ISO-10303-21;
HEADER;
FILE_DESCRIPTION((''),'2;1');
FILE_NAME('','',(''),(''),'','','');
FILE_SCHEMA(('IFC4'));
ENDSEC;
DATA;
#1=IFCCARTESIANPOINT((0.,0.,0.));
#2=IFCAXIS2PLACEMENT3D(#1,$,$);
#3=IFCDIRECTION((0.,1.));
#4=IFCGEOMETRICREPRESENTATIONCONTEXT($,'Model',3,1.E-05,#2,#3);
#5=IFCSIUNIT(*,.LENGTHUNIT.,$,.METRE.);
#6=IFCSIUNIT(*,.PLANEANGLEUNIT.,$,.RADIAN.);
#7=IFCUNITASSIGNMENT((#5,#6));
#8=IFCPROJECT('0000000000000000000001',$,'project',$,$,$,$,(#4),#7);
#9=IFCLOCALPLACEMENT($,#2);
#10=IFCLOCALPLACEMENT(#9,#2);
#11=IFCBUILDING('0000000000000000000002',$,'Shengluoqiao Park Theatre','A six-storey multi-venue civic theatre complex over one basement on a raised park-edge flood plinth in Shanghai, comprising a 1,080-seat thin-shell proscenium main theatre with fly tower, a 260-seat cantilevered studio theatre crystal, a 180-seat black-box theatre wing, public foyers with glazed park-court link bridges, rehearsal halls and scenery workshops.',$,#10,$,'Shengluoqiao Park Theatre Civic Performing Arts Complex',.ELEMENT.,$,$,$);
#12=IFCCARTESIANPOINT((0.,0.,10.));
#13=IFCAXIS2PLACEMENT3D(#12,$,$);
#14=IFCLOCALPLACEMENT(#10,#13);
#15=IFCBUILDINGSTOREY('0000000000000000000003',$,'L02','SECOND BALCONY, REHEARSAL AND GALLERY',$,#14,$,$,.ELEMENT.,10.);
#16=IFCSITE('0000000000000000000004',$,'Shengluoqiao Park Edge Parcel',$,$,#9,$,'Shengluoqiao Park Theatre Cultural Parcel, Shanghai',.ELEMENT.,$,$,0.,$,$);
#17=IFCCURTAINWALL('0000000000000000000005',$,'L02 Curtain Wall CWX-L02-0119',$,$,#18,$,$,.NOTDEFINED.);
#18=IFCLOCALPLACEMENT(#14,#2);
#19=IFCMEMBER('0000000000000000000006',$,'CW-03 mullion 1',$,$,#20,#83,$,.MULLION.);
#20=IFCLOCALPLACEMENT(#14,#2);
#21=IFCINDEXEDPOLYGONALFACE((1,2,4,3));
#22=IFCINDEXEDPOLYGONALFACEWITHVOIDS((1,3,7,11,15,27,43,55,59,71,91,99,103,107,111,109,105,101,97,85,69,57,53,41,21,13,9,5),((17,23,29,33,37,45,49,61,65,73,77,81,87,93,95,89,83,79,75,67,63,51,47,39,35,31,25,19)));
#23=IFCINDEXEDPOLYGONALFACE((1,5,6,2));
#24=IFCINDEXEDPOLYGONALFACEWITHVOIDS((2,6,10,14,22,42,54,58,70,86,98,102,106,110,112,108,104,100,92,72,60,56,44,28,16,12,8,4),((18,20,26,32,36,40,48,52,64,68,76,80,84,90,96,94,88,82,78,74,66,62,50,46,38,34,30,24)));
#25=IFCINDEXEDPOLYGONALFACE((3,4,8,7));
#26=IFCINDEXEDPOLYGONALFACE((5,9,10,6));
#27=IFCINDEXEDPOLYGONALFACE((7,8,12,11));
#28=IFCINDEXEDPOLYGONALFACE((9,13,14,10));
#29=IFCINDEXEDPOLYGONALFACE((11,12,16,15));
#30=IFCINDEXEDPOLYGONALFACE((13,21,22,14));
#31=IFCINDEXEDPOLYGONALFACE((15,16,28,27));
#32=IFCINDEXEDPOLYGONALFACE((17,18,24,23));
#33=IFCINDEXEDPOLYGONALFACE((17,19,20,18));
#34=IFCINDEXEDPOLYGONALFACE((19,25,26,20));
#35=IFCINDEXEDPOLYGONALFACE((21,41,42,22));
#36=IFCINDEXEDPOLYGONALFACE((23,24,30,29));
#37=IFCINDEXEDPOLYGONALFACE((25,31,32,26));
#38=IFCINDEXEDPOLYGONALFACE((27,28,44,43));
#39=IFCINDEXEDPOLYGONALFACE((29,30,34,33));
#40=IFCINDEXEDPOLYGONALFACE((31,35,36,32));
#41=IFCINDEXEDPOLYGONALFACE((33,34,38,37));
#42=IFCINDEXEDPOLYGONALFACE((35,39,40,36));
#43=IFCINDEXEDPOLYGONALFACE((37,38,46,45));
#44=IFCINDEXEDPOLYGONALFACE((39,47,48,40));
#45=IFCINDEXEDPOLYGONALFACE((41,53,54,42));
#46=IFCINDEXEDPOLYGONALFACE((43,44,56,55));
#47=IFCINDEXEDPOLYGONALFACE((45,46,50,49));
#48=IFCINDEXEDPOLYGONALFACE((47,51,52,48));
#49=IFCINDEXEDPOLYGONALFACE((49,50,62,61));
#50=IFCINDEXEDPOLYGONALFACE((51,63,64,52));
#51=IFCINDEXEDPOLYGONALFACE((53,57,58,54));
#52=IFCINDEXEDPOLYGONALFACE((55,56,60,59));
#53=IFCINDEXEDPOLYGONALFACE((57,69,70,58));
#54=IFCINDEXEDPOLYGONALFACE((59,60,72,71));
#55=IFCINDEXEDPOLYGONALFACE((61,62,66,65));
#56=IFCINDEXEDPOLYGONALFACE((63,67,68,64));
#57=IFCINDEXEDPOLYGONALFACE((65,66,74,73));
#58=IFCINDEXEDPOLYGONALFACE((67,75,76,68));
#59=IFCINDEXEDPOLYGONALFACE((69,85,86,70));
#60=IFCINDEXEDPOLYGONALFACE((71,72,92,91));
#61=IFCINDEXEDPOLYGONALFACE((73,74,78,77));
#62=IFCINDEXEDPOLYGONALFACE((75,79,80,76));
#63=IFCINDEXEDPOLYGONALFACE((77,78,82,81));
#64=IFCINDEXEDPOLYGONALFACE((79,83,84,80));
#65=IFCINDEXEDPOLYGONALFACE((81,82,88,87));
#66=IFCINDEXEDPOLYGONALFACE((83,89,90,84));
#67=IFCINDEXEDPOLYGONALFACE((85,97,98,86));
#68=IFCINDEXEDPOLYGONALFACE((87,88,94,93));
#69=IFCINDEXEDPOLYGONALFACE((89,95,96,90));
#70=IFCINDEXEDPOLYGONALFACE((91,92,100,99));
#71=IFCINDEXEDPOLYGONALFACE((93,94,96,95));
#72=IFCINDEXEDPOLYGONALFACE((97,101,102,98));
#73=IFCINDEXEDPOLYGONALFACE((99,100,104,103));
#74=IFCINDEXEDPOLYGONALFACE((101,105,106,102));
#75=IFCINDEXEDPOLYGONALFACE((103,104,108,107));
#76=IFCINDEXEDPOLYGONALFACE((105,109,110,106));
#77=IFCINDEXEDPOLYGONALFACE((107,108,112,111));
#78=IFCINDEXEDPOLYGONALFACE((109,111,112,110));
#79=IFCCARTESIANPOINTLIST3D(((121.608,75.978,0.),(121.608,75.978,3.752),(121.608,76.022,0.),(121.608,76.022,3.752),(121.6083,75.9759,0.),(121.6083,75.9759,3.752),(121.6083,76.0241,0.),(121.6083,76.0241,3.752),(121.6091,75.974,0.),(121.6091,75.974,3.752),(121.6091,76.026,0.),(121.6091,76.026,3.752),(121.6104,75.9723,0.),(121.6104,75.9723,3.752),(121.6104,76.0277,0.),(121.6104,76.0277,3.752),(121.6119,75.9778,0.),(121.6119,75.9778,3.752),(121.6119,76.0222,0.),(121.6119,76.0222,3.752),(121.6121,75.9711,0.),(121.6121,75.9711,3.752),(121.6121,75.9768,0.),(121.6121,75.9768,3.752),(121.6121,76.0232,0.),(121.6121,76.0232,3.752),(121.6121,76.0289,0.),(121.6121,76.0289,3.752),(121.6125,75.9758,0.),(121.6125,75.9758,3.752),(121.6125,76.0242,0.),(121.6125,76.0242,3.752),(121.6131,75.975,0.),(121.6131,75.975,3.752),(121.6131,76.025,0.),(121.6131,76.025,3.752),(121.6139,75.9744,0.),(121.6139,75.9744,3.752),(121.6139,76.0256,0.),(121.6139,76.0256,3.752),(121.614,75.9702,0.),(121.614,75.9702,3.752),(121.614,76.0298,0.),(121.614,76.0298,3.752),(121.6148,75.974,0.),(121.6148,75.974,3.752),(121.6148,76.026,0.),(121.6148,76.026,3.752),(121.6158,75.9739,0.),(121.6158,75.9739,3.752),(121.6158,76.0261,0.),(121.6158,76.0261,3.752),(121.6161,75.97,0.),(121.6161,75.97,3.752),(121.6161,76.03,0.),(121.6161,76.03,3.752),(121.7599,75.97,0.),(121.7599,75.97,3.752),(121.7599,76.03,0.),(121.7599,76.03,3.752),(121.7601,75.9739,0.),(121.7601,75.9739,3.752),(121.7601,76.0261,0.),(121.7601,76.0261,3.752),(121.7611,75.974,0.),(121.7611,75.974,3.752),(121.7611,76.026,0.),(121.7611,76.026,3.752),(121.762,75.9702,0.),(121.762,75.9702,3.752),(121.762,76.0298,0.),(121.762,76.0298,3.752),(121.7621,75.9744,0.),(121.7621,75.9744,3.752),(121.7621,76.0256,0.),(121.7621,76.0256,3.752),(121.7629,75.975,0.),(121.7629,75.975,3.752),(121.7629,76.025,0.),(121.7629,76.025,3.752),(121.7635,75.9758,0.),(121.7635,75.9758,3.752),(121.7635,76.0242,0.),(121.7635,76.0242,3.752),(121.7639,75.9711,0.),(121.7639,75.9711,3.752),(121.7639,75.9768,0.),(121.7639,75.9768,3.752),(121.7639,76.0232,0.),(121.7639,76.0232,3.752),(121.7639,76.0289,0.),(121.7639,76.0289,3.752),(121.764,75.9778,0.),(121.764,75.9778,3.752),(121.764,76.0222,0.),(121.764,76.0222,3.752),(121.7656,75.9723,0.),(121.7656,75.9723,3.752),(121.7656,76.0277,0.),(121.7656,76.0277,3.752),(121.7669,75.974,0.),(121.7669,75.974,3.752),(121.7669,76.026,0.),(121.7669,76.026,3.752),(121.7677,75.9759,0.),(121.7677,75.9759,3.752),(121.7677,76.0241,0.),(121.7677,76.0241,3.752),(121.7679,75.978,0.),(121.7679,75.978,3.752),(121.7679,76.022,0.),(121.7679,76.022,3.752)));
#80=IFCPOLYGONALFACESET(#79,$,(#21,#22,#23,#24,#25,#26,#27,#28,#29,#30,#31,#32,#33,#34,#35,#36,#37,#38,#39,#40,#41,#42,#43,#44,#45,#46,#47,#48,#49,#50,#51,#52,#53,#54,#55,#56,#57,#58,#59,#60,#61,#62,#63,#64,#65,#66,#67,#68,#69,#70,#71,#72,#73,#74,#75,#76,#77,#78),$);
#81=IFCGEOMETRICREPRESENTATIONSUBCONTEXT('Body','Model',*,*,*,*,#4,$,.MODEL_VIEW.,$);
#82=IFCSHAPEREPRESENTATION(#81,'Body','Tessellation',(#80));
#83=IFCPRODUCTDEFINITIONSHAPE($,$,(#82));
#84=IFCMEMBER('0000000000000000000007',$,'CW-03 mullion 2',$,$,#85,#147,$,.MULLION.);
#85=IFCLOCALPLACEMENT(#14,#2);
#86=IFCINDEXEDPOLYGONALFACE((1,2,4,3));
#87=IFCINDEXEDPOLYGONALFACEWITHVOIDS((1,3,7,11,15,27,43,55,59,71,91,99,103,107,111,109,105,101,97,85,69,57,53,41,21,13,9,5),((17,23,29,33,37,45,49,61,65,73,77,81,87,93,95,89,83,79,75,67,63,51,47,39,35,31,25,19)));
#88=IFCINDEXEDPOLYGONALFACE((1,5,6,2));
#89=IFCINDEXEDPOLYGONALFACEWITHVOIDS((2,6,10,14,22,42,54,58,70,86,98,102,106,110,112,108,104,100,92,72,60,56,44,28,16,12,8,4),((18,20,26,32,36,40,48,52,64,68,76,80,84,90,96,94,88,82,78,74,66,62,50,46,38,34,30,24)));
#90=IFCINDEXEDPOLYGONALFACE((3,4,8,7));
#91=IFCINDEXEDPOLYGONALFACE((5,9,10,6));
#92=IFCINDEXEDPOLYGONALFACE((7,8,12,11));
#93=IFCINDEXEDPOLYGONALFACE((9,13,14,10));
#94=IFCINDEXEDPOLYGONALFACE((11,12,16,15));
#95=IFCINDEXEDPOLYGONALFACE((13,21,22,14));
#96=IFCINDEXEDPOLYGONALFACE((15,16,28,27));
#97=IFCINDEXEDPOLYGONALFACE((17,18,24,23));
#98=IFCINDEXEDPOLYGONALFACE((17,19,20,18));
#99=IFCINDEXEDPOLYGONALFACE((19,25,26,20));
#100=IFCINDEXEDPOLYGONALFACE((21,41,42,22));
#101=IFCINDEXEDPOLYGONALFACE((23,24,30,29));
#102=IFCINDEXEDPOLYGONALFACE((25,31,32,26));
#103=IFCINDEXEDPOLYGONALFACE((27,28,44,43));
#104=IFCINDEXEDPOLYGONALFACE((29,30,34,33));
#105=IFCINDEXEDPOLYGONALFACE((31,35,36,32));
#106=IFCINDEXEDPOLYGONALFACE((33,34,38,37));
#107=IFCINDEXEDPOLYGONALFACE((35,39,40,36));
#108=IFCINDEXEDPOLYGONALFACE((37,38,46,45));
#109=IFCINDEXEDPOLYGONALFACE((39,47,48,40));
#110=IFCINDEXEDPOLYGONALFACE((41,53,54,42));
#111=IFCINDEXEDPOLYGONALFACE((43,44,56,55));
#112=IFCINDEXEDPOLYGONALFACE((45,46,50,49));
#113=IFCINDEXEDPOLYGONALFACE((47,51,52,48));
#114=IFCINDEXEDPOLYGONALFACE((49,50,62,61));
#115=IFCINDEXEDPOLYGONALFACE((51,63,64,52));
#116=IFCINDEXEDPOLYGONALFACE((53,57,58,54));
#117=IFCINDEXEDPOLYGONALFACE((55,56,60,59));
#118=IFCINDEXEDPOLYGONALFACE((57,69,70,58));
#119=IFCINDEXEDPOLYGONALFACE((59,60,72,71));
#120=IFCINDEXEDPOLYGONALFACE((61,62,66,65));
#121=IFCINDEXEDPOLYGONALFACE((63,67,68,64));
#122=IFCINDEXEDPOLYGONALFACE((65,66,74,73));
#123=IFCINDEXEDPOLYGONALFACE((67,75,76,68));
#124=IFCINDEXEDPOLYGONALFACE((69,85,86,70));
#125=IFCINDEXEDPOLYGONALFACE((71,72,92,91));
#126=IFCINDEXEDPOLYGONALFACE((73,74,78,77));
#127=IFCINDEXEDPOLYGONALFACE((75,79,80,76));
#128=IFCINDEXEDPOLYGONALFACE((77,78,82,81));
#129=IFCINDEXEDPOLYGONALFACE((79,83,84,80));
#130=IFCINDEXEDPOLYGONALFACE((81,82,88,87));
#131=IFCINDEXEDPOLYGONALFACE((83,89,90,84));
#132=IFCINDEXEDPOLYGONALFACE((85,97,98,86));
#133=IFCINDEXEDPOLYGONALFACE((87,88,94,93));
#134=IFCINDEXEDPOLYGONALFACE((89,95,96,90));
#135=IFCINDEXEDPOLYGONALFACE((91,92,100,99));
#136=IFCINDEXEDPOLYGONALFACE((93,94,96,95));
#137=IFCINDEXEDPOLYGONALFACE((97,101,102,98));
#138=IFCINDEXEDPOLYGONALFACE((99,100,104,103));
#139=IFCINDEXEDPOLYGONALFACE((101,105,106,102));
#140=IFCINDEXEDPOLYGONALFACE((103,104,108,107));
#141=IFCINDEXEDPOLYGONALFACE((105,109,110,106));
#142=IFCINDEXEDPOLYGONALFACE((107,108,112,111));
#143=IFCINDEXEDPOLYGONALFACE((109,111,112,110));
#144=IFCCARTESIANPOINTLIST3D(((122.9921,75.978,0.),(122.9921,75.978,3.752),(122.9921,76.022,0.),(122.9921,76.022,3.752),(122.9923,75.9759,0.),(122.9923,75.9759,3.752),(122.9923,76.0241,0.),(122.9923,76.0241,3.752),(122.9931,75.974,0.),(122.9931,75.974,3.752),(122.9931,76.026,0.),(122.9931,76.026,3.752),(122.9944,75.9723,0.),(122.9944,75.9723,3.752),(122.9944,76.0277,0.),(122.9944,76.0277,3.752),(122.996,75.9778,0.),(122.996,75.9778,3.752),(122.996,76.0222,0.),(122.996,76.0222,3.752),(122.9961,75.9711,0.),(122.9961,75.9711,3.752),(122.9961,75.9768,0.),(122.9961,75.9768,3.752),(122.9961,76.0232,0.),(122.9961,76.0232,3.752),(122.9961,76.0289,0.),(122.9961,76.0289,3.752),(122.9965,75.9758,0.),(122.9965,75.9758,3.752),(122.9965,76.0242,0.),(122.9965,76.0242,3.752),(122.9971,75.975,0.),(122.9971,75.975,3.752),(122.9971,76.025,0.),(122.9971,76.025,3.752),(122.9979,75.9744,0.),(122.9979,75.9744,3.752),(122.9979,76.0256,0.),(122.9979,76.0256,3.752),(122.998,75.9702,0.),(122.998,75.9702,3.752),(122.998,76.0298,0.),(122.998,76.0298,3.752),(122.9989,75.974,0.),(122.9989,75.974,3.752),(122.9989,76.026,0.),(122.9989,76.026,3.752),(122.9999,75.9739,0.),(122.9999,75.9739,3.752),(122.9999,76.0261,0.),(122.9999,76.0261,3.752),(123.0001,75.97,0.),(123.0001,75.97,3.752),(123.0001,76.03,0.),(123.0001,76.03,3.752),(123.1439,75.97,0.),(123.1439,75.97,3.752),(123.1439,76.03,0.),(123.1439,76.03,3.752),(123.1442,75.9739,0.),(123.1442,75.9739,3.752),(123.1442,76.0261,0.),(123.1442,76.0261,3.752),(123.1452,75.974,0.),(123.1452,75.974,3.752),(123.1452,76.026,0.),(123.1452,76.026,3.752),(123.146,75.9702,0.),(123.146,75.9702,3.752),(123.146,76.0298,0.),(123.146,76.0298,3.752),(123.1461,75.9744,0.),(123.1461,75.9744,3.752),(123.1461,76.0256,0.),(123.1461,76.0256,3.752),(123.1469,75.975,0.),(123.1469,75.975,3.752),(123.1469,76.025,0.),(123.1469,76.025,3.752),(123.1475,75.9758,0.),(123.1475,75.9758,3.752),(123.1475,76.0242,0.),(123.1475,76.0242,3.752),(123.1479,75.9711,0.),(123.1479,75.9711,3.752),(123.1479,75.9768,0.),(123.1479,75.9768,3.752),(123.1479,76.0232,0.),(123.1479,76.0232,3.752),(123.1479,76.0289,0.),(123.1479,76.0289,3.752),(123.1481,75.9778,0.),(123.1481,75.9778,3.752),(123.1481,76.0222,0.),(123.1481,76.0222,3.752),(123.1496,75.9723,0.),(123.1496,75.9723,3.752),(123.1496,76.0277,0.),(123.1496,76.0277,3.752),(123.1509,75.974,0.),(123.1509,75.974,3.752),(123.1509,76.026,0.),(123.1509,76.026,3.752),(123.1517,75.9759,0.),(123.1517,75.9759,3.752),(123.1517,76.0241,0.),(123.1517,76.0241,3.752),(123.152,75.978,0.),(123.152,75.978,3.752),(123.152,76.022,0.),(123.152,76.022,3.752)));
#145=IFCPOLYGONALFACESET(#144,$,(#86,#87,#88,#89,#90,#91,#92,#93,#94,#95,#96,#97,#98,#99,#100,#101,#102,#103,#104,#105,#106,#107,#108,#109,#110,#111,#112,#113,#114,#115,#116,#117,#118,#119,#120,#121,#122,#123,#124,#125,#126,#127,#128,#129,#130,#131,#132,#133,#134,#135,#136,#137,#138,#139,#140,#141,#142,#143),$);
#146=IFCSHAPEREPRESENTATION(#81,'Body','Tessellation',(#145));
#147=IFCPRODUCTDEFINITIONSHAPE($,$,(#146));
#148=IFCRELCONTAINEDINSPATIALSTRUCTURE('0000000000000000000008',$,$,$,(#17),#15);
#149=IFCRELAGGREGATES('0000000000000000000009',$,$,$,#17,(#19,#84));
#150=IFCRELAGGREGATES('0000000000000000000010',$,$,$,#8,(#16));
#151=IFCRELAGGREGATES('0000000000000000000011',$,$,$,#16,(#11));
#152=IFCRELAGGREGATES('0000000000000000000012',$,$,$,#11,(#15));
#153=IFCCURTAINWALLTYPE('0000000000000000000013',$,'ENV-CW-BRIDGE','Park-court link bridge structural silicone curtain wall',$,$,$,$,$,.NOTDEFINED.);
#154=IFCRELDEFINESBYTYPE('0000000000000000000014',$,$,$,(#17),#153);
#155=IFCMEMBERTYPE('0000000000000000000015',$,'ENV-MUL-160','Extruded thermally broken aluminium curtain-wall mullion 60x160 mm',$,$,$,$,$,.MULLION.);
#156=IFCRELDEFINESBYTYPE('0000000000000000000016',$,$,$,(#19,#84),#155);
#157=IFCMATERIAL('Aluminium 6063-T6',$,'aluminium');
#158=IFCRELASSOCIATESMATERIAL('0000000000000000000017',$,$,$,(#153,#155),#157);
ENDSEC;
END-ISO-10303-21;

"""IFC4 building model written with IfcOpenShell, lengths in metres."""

from ifc_helpers import new_model, si_unit, direction, frame, origin, origin_2d, place, context, subcontext, project, spatial, hollow_rectangle, extrude, material, material_profile, profile_set, type_object, element, aggregate, save


model = new_model("IFC4")

# Units and contexts
model_context = context("Model", 3, precision=1e-05, world=origin(), true_north=direction((0.0, 1.0)))
body_context = subcontext(model_context, "Body", "Model", "MODEL_VIEW")
ifc_project = project(units=[si_unit("LENGTHUNIT", "METRE"), si_unit("PLANEANGLEUNIT", "RADIAN")], contexts=[model_context])

# Site, building, storey
site_placement = place(None, origin())
site = spatial("IfcSite", under=ifc_project, at=site_placement, Name="Shengluoqiao Park Edge Parcel", LongName="Shengluoqiao Park Theatre Cultural Parcel, Shanghai", CompositionType="ELEMENT", RefElevation=0.0)
building_placement = place(site_placement, origin())
building = spatial("IfcBuilding", under=site, at=building_placement, Name="Shengluoqiao Park Theatre", Description="A six-storey multi-venue civic theatre complex over one basement on a raised park-edge flood plinth in Shanghai, comprising a 1,080-seat thin-shell proscenium main theatre with fly tower, a 260-seat cantilevered studio theatre crystal, a 180-seat black-box theatre wing, public foyers with glazed park-court link bridges, rehearsal halls and scenery workshops.", LongName="Shengluoqiao Park Theatre Civic Performing Arts Complex", CompositionType="ELEMENT")
storey_placement = place(building_placement, frame((0.0, 0.0, 10.0)))
storey = spatial("IfcBuildingStorey", under=building, at=storey_placement, Name="L02", Description="SECOND BALCONY, REHEARSAL AND GALLERY", CompositionType="ELEMENT", Elevation=10.0)

# Shared definitions
ifc_material_1 = material(Name="Aluminium 6063-T6", Category="aluminium")
curtain_wall_type = type_object("IfcCurtainWallType", Name="ENV-CW-BRIDGE", Description="Park-court link bridge structural silicone curtain wall", PredefinedType="NOTDEFINED", material=ifc_material_1)
ifc_material_profile_1 = material_profile(ifc_material_1, hollow_rectangle(XDim=0.0601, YDim=0.1599, WallThickness=0.0039, InnerFilletRadius=0.0039, OuterFilletRadius=0.0081, at=origin_2d()), Name="ALU MULLION 160x60x4")
ifc_profile_set_1 = profile_set([ifc_material_profile_1], Name="Aluminium 6063-T6")
member_type_1 = type_object("IfcMemberType", Name="ENV-MUL-160", Description="Extruded thermally broken aluminium curtain-wall mullion 60x160 mm", PredefinedType="MULLION", material=ifc_profile_set_1)

# Curtain wall, members
curtain_wall_1_placement = place(storey_placement, origin())
curtain_wall_1 = element("IfcCurtainWall", 1, at=curtain_wall_1_placement, inside=storey, type_object=curtain_wall_type, Name="L02 Curtain Wall CWX-L02-0119", PredefinedType="NOTDEFINED")
member_1_placement = place(storey_placement, frame((121.688, 76.0, 0.0), z_axis=(0.0, 0.0, 1.0), x_axis=(0.0, 1.0, 0.0)))
member_1 = element("IfcMember", 2, at=member_1_placement, type_object=member_type_1, Name="CW-03 mullion 1", PredefinedType="MULLION", context=body_context, shape_type="SweptSolid", body=[
    extrude(hollow_rectangle(XDim=0.0601, YDim=0.1599, WallThickness=0.0039, InnerFilletRadius=0.0039, OuterFilletRadius=0.0081, at=origin_2d()), origin(), (0.0, 0.0, 1.0), 3.752),
])
member_2_placement = place(storey_placement, frame((123.072, 76.0, 0.0), z_axis=(0.0, 0.0, 1.0), x_axis=(0.0, 1.0, 0.0)))
member_2 = element("IfcMember", 3, at=member_2_placement, type_object=member_type_1, Name="CW-03 mullion 2", PredefinedType="MULLION", context=body_context, shape_type="SweptSolid", body=[
    extrude(hollow_rectangle(XDim=0.0601, YDim=0.1599, WallThickness=0.0039, InnerFilletRadius=0.0039, OuterFilletRadius=0.0081, at=origin_2d()), origin(), (0.0, 0.0, 1.0), 3.752),
])

aggregate(curtain_wall_1, [member_1, member_2])

save(model, "model.ifc")
